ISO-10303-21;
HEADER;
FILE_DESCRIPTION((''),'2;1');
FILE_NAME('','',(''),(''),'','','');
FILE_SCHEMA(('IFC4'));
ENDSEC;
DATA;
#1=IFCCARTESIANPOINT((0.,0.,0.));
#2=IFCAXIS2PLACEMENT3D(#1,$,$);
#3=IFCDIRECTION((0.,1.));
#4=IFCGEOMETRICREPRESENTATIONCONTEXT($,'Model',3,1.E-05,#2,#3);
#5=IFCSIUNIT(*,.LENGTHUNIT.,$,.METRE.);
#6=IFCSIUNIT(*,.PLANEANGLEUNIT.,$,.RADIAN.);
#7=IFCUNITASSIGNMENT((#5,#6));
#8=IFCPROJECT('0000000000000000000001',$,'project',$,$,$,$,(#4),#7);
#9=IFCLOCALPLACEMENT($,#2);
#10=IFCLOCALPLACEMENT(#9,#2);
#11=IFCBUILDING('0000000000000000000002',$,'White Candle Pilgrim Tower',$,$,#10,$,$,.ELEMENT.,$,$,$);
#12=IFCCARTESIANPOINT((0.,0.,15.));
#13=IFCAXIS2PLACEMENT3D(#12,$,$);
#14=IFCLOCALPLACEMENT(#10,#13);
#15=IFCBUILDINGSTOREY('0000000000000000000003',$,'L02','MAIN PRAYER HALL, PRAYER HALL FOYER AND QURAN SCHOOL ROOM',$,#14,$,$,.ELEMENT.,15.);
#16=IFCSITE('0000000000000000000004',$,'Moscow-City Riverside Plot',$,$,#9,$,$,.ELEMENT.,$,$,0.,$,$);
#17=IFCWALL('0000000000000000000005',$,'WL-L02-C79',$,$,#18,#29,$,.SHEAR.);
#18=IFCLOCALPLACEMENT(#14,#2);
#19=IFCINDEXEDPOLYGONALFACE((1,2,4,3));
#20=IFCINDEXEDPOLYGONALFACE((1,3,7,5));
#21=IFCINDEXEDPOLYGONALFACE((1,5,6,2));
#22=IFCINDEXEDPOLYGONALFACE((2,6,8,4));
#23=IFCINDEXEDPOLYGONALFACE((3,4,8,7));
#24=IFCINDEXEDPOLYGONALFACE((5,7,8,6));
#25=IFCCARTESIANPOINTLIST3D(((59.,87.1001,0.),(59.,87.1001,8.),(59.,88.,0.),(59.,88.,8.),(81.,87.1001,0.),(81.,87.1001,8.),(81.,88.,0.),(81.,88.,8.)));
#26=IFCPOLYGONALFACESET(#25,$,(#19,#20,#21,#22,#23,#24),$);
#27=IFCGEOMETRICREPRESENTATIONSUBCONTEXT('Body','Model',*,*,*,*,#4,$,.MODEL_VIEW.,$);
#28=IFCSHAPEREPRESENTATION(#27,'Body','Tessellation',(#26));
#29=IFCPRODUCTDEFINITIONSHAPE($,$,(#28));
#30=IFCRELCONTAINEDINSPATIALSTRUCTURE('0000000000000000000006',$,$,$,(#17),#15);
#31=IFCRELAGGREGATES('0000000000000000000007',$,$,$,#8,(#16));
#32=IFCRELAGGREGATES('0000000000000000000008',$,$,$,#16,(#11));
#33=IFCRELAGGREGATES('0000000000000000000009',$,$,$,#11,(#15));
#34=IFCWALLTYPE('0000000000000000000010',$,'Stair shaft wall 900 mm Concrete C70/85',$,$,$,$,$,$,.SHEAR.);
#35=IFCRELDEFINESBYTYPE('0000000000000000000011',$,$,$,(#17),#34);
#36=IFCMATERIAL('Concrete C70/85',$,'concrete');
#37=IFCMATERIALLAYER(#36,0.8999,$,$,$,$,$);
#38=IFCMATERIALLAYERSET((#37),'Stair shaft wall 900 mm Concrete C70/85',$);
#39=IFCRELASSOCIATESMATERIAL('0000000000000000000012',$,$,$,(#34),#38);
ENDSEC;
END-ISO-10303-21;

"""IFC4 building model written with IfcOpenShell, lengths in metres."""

from ifc_helpers import new_model, si_unit, direction, frame, frame_2d, origin, place, context, subcontext, project, spatial, rectangle, extrude, material, layer, layer_set, type_object, element, save


model = new_model("IFC4")

# Units and contexts
model_context = context("Model", 3, precision=1e-05, world=origin(), true_north=direction((0.0, 1.0)))
body_context = subcontext(model_context, "Body", "Model", "MODEL_VIEW")
ifc_project = project(units=[si_unit("LENGTHUNIT", "METRE"), si_unit("PLANEANGLEUNIT", "RADIAN")], contexts=[model_context])

# Site, building, storey
site_placement = place(None, origin())
site = spatial("IfcSite", under=ifc_project, at=site_placement, Name="Moscow-City Riverside Plot", CompositionType="ELEMENT", RefElevation=0.0)
building_placement = place(site_placement, origin())
building = spatial("IfcBuilding", under=site, at=building_placement, Name="White Candle Pilgrim Tower", CompositionType="ELEMENT")
storey_placement = place(building_placement, frame((0.0, 0.0, 15.0)))
storey = spatial("IfcBuildingStorey", under=building, at=storey_placement, Name="L02", Description="MAIN PRAYER HALL, PRAYER HALL FOYER AND QURAN SCHOOL ROOM", CompositionType="ELEMENT", Elevation=15.0)

# Shared definitions
ifc_material_1 = material(Name="Concrete C70/85", Category="concrete")

# Wall
ifc_layer_1 = layer(ifc_material_1, 0.8999)
ifc_layer_set_1 = layer_set([ifc_layer_1], Name="Stair shaft wall 900 mm Concrete C70/85")
wall_type_1 = type_object("IfcWallType", Name="Stair shaft wall 900 mm Concrete C70/85", PredefinedType="SHEAR", material=ifc_layer_set_1)
wall_1_placement = place(storey_placement, frame((59.0, 87.55, 0.0), z_axis=(0.0, 0.0, 1.0), x_axis=(1.0, 0.0, 0.0)))
element("IfcWall", 1, at=wall_1_placement, inside=storey, type_object=wall_type_1, Name="WL-L02-C79", PredefinedType="SHEAR", context=body_context, shape_type="SweptSolid", body=[
    extrude(rectangle(XDim=22.0, YDim=0.8999, at=frame_2d((11.0, 0.0))), origin(), (0.0, 0.0, 1.0), 8.0),
])

save(model, "model.ifc")
